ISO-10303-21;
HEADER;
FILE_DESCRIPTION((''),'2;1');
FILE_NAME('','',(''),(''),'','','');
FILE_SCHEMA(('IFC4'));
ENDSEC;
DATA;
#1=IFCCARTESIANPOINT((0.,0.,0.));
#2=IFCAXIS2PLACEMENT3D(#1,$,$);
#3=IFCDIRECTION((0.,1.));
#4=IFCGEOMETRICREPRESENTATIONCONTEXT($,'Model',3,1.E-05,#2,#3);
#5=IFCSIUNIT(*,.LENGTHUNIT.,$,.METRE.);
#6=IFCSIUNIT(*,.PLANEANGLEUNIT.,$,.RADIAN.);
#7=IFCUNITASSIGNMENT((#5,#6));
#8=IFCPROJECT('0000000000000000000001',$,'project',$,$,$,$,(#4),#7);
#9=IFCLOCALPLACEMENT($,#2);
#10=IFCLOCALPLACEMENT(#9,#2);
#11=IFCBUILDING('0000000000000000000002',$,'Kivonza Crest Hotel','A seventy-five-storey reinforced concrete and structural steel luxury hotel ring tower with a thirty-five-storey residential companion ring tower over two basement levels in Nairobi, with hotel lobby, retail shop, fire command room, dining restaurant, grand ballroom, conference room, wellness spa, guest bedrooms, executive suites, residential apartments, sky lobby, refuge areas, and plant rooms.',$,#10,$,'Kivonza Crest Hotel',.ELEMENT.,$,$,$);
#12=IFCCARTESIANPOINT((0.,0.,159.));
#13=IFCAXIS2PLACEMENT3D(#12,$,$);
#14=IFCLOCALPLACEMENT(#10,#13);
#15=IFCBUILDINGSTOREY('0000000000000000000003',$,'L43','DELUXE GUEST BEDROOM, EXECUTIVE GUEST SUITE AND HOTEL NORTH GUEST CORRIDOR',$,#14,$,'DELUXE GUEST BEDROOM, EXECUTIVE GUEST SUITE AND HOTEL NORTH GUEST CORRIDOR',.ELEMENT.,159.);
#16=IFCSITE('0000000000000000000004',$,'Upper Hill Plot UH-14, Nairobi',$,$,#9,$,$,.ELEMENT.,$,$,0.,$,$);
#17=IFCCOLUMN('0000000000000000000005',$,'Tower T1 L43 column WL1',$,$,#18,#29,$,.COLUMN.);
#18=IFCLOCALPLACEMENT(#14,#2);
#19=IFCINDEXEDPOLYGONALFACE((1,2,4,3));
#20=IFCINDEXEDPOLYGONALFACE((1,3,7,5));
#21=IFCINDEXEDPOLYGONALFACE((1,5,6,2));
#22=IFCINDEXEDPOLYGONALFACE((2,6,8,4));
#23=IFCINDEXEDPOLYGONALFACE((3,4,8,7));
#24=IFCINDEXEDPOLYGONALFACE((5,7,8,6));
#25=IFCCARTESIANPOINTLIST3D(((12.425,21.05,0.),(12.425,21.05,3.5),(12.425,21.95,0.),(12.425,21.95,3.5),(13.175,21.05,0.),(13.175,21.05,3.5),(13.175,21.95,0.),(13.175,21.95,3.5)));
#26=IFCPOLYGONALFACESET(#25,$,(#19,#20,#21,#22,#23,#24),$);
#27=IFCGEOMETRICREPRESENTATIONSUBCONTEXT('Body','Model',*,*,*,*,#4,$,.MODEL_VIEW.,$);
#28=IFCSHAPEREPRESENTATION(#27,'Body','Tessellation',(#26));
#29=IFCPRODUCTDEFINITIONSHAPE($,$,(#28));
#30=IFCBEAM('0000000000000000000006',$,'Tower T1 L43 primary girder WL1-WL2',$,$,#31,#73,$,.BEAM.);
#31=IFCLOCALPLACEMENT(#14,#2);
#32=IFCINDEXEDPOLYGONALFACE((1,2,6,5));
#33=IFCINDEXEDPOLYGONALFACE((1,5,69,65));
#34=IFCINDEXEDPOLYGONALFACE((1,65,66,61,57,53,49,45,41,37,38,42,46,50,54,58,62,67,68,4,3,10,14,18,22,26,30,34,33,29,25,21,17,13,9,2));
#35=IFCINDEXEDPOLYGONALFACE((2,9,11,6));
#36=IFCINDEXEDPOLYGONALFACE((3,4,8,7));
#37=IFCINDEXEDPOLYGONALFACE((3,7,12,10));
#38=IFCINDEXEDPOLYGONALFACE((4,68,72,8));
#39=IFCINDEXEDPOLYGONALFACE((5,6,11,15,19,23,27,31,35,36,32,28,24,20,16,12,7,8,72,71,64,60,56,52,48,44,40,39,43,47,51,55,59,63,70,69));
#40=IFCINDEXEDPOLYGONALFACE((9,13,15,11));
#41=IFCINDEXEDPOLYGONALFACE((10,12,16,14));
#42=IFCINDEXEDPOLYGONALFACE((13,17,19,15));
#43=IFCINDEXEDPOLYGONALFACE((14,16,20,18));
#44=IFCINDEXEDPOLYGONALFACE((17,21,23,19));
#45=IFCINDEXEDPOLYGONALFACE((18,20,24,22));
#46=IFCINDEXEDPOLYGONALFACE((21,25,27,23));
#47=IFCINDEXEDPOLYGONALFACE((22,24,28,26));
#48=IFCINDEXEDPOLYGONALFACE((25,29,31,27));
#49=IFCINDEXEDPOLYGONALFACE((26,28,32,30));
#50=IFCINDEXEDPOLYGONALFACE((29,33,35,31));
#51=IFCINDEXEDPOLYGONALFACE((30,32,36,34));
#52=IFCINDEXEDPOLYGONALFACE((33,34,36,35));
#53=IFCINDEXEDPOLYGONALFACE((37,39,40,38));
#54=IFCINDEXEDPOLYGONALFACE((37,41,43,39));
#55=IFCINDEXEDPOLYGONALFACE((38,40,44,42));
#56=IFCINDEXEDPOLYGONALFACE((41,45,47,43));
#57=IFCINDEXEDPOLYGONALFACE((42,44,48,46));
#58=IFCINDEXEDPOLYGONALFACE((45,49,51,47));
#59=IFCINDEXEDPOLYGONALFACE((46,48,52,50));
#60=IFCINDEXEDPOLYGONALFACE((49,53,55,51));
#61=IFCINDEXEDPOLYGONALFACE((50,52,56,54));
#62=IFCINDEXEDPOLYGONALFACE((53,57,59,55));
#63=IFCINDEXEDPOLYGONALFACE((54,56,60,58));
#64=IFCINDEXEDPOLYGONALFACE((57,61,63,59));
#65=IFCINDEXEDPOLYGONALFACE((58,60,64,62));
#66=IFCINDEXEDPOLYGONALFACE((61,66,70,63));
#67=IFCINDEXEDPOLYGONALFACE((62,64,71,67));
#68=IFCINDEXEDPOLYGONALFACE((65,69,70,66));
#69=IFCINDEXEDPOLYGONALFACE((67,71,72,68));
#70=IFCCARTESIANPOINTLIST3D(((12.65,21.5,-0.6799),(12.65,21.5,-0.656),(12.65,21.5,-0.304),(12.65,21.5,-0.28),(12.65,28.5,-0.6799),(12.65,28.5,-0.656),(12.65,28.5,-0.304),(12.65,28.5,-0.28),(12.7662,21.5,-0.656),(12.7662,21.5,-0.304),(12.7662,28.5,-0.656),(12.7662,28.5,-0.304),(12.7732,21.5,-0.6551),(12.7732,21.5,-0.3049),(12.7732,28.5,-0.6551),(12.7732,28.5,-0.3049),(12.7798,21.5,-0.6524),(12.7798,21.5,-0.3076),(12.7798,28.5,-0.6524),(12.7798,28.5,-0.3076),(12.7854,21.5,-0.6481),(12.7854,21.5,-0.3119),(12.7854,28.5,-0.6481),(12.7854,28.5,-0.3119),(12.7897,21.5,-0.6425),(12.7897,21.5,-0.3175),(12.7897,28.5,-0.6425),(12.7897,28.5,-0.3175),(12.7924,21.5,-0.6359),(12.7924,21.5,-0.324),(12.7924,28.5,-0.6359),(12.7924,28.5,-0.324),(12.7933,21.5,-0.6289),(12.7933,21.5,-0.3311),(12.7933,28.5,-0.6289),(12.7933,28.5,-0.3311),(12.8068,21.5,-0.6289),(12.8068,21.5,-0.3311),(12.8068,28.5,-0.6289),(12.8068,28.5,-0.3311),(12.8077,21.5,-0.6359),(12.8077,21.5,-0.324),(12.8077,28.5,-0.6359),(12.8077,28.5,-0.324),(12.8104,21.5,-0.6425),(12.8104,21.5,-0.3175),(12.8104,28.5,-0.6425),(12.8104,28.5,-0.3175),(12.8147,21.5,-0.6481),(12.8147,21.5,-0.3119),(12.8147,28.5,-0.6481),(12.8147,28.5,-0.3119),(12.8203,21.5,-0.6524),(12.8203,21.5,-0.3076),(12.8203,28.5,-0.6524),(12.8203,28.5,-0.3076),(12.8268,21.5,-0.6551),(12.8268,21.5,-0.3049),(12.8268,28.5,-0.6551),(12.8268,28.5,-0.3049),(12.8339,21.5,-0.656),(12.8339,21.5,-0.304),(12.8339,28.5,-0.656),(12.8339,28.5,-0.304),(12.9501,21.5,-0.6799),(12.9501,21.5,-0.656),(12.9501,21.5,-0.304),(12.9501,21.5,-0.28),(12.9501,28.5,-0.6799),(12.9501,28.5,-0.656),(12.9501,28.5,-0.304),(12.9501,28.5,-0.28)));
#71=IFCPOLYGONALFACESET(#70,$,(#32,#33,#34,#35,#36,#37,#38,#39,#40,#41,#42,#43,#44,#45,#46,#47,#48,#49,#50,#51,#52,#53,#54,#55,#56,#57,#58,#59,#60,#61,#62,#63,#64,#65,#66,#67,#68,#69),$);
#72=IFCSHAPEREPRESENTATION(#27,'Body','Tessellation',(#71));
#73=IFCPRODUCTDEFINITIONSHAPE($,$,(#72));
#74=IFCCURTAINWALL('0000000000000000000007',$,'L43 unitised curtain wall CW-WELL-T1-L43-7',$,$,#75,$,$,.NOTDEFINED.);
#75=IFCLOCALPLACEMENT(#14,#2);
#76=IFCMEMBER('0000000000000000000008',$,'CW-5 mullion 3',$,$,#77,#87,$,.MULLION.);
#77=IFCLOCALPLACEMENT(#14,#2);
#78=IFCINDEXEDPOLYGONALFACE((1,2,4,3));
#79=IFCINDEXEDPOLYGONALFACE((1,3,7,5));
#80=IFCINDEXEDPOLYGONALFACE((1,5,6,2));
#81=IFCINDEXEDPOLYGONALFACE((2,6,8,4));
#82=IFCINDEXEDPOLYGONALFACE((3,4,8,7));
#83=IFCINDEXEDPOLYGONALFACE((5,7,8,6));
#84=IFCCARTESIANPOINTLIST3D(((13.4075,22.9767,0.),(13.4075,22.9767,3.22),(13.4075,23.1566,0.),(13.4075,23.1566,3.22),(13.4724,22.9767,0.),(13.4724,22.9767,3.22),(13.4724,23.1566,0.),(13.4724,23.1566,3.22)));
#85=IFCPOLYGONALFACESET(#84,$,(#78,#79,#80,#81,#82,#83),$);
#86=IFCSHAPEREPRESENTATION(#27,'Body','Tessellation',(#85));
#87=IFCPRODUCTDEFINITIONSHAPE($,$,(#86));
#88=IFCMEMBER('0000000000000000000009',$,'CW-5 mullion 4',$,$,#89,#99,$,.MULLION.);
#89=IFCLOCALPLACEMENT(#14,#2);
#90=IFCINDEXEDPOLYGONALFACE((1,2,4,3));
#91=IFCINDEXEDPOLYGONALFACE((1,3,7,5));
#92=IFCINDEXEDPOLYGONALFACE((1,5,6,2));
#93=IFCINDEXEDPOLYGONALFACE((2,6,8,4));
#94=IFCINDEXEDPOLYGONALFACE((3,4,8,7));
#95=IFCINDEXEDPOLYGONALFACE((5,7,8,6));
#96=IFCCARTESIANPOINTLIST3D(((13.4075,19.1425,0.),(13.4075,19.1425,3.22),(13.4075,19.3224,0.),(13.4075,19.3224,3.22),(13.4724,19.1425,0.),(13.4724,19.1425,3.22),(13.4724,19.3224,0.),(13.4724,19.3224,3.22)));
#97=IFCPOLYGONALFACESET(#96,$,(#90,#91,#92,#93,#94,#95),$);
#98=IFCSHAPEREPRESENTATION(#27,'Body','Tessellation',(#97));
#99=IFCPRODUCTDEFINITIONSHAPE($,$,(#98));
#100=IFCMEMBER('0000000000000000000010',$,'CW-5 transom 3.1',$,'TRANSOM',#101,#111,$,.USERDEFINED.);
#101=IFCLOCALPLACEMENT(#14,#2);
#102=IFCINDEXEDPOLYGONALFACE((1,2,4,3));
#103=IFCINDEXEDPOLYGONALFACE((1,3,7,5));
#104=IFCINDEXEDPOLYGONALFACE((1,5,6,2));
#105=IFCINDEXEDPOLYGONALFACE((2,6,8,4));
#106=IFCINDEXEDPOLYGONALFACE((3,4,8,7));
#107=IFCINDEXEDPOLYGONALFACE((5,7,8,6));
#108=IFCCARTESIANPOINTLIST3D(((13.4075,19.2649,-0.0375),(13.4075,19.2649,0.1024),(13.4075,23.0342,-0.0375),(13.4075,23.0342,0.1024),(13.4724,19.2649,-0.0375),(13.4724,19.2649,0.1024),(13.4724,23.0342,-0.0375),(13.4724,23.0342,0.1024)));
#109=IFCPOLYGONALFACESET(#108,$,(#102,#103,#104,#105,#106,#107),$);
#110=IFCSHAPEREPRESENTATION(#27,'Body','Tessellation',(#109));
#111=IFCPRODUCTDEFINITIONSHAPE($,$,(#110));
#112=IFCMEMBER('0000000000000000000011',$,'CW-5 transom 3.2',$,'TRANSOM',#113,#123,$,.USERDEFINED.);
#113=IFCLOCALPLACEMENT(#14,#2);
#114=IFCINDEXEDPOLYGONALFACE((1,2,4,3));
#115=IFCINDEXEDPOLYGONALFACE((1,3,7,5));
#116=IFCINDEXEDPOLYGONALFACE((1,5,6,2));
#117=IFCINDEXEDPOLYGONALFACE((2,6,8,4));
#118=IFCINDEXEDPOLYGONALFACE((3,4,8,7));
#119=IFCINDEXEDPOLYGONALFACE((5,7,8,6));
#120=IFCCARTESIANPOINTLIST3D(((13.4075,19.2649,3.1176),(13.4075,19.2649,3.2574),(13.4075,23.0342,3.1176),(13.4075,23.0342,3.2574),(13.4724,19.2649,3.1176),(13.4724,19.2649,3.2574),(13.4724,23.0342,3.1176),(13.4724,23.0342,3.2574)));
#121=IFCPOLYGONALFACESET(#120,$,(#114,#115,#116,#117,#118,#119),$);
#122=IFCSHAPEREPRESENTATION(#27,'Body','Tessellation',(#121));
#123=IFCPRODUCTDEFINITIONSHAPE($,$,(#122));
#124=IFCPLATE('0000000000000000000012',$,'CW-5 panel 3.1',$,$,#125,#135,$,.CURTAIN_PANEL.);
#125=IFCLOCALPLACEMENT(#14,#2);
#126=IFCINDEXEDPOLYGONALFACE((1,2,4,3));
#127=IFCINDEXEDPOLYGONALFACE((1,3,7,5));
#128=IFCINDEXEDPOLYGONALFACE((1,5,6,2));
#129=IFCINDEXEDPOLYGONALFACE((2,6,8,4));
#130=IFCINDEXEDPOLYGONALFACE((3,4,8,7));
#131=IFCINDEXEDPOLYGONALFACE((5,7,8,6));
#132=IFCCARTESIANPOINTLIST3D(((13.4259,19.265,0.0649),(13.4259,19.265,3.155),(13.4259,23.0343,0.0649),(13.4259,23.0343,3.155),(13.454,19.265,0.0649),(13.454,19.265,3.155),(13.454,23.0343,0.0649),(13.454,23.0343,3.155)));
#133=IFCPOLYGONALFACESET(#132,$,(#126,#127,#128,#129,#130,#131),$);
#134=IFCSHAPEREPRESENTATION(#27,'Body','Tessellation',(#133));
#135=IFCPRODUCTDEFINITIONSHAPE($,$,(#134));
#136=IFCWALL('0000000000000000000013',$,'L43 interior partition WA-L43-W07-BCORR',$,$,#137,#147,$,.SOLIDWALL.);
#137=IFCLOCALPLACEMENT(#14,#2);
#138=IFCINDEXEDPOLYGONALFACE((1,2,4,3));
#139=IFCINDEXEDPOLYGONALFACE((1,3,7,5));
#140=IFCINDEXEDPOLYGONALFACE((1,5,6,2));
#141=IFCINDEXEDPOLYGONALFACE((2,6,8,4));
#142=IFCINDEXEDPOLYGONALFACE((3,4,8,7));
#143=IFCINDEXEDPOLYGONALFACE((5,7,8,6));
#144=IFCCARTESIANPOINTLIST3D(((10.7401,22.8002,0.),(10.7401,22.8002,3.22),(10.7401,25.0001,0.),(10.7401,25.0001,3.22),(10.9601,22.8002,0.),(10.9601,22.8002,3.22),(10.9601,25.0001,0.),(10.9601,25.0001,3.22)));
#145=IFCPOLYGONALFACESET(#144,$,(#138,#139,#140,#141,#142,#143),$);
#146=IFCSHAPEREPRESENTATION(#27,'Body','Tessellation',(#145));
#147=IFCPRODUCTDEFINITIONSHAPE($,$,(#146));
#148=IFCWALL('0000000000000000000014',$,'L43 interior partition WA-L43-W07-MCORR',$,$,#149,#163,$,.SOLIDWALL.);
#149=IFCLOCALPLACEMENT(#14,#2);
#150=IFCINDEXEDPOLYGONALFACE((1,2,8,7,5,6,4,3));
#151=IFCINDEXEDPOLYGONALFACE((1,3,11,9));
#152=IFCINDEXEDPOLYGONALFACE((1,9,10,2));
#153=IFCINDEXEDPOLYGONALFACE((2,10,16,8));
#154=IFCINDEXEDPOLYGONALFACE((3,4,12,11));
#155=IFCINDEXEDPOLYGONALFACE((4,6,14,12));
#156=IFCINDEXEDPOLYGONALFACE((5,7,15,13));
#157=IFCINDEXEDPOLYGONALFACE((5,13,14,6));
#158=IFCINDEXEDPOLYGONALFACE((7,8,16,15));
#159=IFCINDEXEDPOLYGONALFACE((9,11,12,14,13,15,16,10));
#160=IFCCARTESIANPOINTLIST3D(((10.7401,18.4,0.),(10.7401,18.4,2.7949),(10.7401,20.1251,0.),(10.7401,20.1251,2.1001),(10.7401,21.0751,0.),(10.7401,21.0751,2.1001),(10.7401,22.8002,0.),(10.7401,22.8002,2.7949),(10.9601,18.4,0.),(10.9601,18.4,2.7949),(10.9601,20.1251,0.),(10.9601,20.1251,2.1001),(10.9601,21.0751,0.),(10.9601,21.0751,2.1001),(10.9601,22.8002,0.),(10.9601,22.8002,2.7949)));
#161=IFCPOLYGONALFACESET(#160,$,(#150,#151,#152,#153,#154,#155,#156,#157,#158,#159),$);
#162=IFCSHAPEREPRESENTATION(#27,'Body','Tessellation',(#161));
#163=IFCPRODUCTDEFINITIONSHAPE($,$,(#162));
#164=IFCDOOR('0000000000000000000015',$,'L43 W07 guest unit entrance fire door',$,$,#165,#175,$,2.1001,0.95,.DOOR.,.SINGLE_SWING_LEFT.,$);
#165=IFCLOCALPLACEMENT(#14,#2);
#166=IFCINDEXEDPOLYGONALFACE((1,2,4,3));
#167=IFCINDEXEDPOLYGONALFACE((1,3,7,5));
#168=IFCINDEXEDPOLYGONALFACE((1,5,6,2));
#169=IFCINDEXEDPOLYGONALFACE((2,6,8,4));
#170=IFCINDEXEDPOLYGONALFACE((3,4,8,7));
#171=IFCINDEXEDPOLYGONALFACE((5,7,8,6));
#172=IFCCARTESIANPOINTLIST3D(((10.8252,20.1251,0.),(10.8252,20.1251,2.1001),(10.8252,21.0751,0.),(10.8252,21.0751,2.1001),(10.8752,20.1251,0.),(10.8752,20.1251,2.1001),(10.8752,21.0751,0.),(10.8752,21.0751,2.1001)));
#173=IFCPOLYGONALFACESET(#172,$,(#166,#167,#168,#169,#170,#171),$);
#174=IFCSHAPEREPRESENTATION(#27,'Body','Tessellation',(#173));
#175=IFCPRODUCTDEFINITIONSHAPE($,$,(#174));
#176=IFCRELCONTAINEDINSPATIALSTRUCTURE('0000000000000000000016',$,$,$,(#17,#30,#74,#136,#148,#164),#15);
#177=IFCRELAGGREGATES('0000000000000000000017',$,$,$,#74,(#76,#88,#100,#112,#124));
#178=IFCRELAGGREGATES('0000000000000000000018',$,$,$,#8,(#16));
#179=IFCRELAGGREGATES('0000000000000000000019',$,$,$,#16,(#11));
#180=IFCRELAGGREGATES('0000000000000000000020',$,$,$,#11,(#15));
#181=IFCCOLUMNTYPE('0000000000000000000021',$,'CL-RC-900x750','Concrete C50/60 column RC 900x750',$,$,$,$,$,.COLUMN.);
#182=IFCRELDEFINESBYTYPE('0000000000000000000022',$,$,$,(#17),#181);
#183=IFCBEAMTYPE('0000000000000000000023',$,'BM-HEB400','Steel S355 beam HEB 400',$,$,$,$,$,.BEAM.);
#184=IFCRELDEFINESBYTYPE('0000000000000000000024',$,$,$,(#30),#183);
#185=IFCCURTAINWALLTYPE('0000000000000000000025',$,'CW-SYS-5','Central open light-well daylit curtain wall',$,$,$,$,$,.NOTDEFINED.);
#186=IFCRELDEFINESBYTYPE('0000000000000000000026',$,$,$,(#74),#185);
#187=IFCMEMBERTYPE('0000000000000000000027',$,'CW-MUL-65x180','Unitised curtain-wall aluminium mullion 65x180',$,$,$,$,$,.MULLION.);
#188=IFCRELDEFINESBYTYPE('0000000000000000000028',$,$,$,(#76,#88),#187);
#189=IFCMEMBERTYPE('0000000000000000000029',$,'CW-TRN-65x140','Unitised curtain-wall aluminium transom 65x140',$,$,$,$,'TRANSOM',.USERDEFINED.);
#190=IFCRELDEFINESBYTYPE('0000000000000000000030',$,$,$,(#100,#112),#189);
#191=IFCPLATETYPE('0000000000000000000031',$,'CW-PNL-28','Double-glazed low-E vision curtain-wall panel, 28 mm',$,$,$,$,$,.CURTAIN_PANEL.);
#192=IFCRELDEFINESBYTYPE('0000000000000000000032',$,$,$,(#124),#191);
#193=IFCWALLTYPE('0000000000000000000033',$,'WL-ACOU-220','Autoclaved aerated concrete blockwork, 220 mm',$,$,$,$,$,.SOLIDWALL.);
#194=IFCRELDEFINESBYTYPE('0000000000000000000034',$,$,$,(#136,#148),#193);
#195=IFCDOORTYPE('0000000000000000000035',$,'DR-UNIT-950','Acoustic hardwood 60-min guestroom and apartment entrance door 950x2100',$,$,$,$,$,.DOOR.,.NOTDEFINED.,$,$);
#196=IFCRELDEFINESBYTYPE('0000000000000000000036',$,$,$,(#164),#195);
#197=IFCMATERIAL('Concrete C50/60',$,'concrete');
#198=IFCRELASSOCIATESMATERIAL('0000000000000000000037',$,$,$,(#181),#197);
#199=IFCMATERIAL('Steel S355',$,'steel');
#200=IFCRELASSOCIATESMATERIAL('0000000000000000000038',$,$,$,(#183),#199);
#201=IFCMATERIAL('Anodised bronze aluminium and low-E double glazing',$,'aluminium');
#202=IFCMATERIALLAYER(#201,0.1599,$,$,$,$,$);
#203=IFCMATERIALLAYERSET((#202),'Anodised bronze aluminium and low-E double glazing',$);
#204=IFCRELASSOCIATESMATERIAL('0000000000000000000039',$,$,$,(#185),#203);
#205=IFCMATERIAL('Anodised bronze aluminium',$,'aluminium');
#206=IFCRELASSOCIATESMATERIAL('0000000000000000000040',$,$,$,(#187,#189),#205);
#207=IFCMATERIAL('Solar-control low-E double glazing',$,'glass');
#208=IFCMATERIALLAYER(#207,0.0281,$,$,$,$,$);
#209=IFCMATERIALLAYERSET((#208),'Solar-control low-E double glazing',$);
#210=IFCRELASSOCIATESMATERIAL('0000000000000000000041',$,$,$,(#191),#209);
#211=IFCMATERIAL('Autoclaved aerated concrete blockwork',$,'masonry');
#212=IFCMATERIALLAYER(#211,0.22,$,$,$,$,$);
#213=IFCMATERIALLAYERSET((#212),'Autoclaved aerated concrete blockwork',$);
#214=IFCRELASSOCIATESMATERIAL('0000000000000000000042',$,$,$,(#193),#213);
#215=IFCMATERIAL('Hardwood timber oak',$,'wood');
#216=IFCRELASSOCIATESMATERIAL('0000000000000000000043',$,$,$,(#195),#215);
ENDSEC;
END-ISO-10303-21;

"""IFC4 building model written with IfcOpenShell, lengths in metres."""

from ifc_helpers import new_model, si_unit, direction, frame, frame_2d, origin, origin_2d, place, context, subcontext, project, spatial, rectangle, i_section, extrude, material, layer, layer_set, material_profile, profile_set, type_object, element, fill, aggregate, save


model = new_model("IFC4")

# Units and contexts
model_context = context("Model", 3, precision=1e-05, world=origin(), true_north=direction((0.0, 1.0)))
body_context = subcontext(model_context, "Body", "Model", "MODEL_VIEW")
ifc_project = project(units=[si_unit("LENGTHUNIT", "METRE"), si_unit("PLANEANGLEUNIT", "RADIAN")], contexts=[model_context])

# Site, building, storey
site_placement = place(None, origin())
site = spatial("IfcSite", under=ifc_project, at=site_placement, Name="Upper Hill Plot UH-14, Nairobi", CompositionType="ELEMENT", RefElevation=0.0)
building_placement = place(site_placement, origin())
building = spatial("IfcBuilding", under=site, at=building_placement, Name="Kivonza Crest Hotel", Description="A seventy-five-storey reinforced concrete and structural steel luxury hotel ring tower with a thirty-five-storey residential companion ring tower over two basement levels in Nairobi, with hotel lobby, retail shop, fire command room, dining restaurant, grand ballroom, conference room, wellness spa, guest bedrooms, executive suites, residential apartments, sky lobby, refuge areas, and plant rooms.", LongName="Kivonza Crest Hotel", CompositionType="ELEMENT")
storey_placement = place(building_placement, frame((0.0, 0.0, 159.0)))
storey = spatial("IfcBuildingStorey", under=building, at=storey_placement, Name="L43", Description="DELUXE GUEST BEDROOM, EXECUTIVE GUEST SUITE AND HOTEL NORTH GUEST CORRIDOR", LongName="DELUXE GUEST BEDROOM, EXECUTIVE GUEST SUITE AND HOTEL NORTH GUEST CORRIDOR", CompositionType="ELEMENT", Elevation=159.0)

# Column
ifc_material_1 = material(Name="Concrete C50/60", Category="concrete")
ifc_material_profile_1 = material_profile(ifc_material_1, rectangle(XDim=0.75, YDim=0.8999, at=origin_2d()), Name="RC 900x750")
ifc_profile_set_1 = profile_set([ifc_material_profile_1], Name="Concrete C50/60")
column_type = type_object("IfcColumnType", Name="CL-RC-900x750", Description="Concrete C50/60 column RC 900x750", PredefinedType="COLUMN", material=ifc_profile_set_1)
column_placement = place(storey_placement, frame((12.8, 21.5, 0.0), z_axis=(0.0, 0.0, 1.0), x_axis=(1.0, 0.0, 0.0)))
element("IfcColumn", 1, at=column_placement, inside=storey, type_object=column_type, Name="Tower T1 L43 column WL1", PredefinedType="COLUMN", context=body_context, shape_type="SweptSolid", body=[
    extrude(rectangle(XDim=0.75, YDim=0.8999, at=origin_2d()), origin(), (0.0, 0.0, 1.0), 3.5),
])

# Beam
ifc_material_2 = material(Name="Steel S355", Category="steel")
ifc_material_profile_2 = material_profile(ifc_material_2, i_section(OverallWidth=0.3, OverallDepth=0.3999, WebThickness=0.0134, FlangeThickness=0.0239, FilletRadius=0.0271, at=origin_2d()), Name="HEB 400")
ifc_profile_set_2 = profile_set([ifc_material_profile_2], Name="Steel S355")
beam_type = type_object("IfcBeamType", Name="BM-HEB400", Description="Steel S355 beam HEB 400", PredefinedType="BEAM", material=ifc_profile_set_2)
beam_placement = place(storey_placement, frame((12.8, 21.5, -0.48), z_axis=(0.0, 1.0, 0.0), x_axis=(-1.0, 0.0, 0.0)))
element("IfcBeam", 2, at=beam_placement, inside=storey, type_object=beam_type, Name="Tower T1 L43 primary girder WL1-WL2", PredefinedType="BEAM", context=body_context, shape_type="SweptSolid", body=[
    extrude(i_section(OverallWidth=0.3, OverallDepth=0.3999, WebThickness=0.0134, FlangeThickness=0.0239, FilletRadius=0.0271, at=origin_2d()), origin(), (0.0, 0.0, 1.0), 7.0),
])

# Curtain wall, members, plate
ifc_material_3 = material(Name="Anodised bronze aluminium and low-E double glazing", Category="aluminium")
ifc_layer_1 = layer(ifc_material_3, 0.1599)
ifc_layer_set_1 = layer_set([ifc_layer_1], Name="Anodised bronze aluminium and low-E double glazing")
curtain_wall_type = type_object("IfcCurtainWallType", Name="CW-SYS-5", Description="Central open light-well daylit curtain wall", PredefinedType="NOTDEFINED", material=ifc_layer_set_1)
curtain_wall_placement = place(storey_placement, origin())
curtain_wall = element("IfcCurtainWall", 3, at=curtain_wall_placement, inside=storey, type_object=curtain_wall_type, Name="L43 unitised curtain wall CW-WELL-T1-L43-7", PredefinedType="NOTDEFINED")
ifc_material_4 = material(Name="Anodised bronze aluminium", Category="aluminium")
ifc_material_profile_3 = material_profile(ifc_material_4, rectangle(XDim=0.0649, YDim=0.1799, at=origin_2d()), Name="CW-M 65x180")
ifc_profile_set_3 = profile_set([ifc_material_profile_3], Name="Anodised bronze aluminium")
member_type_1 = type_object("IfcMemberType", Name="CW-MUL-65x180", Description="Unitised curtain-wall aluminium mullion 65x180", PredefinedType="MULLION", material=ifc_profile_set_3)
member_1_placement = place(storey_placement, frame((13.4399, 23.0667, 0.0), z_axis=(0.0, 0.0, 1.0), x_axis=(1.0, 0.0, 0.0)))
member_1 = element("IfcMember", 4, at=member_1_placement, type_object=member_type_1, Name="CW-5 mullion 3", PredefinedType="MULLION", context=body_context, shape_type="SweptSolid", body=[
    extrude(rectangle(XDim=0.0649, YDim=0.1799, at=origin_2d()), origin(), (0.0, 0.0, 1.0), 3.22),
])
member_2_placement = place(storey_placement, frame((13.4399, 19.2324, 0.0), z_axis=(0.0, 0.0, 1.0), x_axis=(1.0, 0.0, 0.0)))
member_2 = element("IfcMember", 5, at=member_2_placement, type_object=member_type_1, Name="CW-5 mullion 4", PredefinedType="MULLION", context=body_context, shape_type="SweptSolid", body=[
    extrude(rectangle(XDim=0.0649, YDim=0.1799, at=origin_2d()), origin(), (0.0, 0.0, 1.0), 3.22),
])
ifc_material_profile_4 = material_profile(ifc_material_4, rectangle(XDim=0.0649, YDim=0.1399, at=origin_2d()), Name="CW-T 65x140")
ifc_profile_set_4 = profile_set([ifc_material_profile_4], Name="Anodised bronze aluminium")
member_type_2 = type_object("IfcMemberType", Name="CW-TRN-65x140", Description="Unitised curtain-wall aluminium transom 65x140", ElementType="TRANSOM", PredefinedType="USERDEFINED", material=ifc_profile_set_4)
member_3_placement = place(storey_placement, frame((13.4399, 23.0342, 0.0325), z_axis=(0.0, -1.0, 0.0), x_axis=(1.0, 0.0, 0.0)))
member_3 = element("IfcMember", 6, at=member_3_placement, type_object=member_type_2, Name="CW-5 transom 3.1", ObjectType="TRANSOM", PredefinedType="USERDEFINED", context=body_context, shape_type="SweptSolid", body=[
    extrude(rectangle(XDim=0.0649, YDim=0.1399, at=origin_2d()), origin(), (0.0, 0.0, 1.0), 3.7693),
])
member_4_placement = place(storey_placement, frame((13.4399, 23.0342, 3.1875), z_axis=(0.0, -1.0, 0.0), x_axis=(1.0, 0.0, 0.0)))
member_4 = element("IfcMember", 7, at=member_4_placement, type_object=member_type_2, Name="CW-5 transom 3.2", ObjectType="TRANSOM", PredefinedType="USERDEFINED", context=body_context, shape_type="SweptSolid", body=[
    extrude(rectangle(XDim=0.0649, YDim=0.1399, at=origin_2d()), origin(), (0.0, 0.0, 1.0), 3.7693),
])
ifc_material_5 = material(Name="Solar-control low-E double glazing", Category="glass")
ifc_layer_2 = layer(ifc_material_5, 0.0281)
ifc_layer_set_2 = layer_set([ifc_layer_2], Name="Solar-control low-E double glazing")
plate_type = type_object("IfcPlateType", Name="CW-PNL-28", Description="Double-glazed low-E vision curtain-wall panel, 28 mm", PredefinedType="CURTAIN_PANEL", material=ifc_layer_set_2)
plate_placement = place(storey_placement, frame((13.4399, 21.1497, 0.0649), z_axis=(0.0, 0.0, 1.0), x_axis=(0.0, -1.0, 0.0)))
plate = element("IfcPlate", 8, at=plate_placement, type_object=plate_type, Name="CW-5 panel 3.1", PredefinedType="CURTAIN_PANEL", context=body_context, shape_type="SweptSolid", body=[
    extrude(rectangle(XDim=3.7693, YDim=0.0281, at=origin_2d()), origin(), (0.0, 0.0, 1.0), 3.0901),
])
aggregate(curtain_wall, [member_1, member_2, member_3, member_4, plate])

# Wall
ifc_material_6 = material(Name="Autoclaved aerated concrete blockwork", Category="masonry")
ifc_layer_3 = layer(ifc_material_6, 0.22)
ifc_layer_set_3 = layer_set([ifc_layer_3], Name="Autoclaved aerated concrete blockwork")
wall_type_1 = type_object("IfcWallType", Name="WL-ACOU-220", Description="Autoclaved aerated concrete blockwork, 220 mm", PredefinedType="SOLIDWALL", material=ifc_layer_set_3)
wall_1_placement = place(storey_placement, frame((10.8501, 22.8, 0.0), z_axis=(0.0, 0.0, 1.0), x_axis=(0.0, 1.0, 0.0)))
element("IfcWall", 9, at=wall_1_placement, inside=storey, type_object=wall_type_1, Name="L43 interior partition WA-L43-W07-BCORR", PredefinedType="SOLIDWALL", context=body_context, shape_type="SweptSolid", body=[
    extrude(rectangle(XDim=2.2, YDim=0.22, at=frame_2d((1.1001, 0.0))), origin(), (0.0, 0.0, 1.0), 3.22),
])

# Wall, opening, door
wall_2_placement = place(storey_placement, frame((10.8501, 18.3999, 0.0), z_axis=(0.0, 0.0, 1.0), x_axis=(0.0, 1.0, 0.0)))
wall_2 = element("IfcWall", 10, at=wall_2_placement, inside=storey, type_object=wall_type_1, Name="L43 interior partition WA-L43-W07-MCORR", PredefinedType="SOLIDWALL", context=body_context, shape_type="SweptSolid", body=[
    extrude(rectangle(XDim=4.4001, YDim=0.22, at=frame_2d((2.2002, 0.0))), origin(), (0.0, 0.0, 1.0), 2.7949),
])
opening_1_placement = place(wall_2_placement, frame((1.7251, 0.0, 0.0)))
opening_1 = element("IfcOpeningElement", 11, at=opening_1_placement, cuts=wall_2, PredefinedType="OPENING", context=body_context, shape_type="SweptSolid", body=[
    extrude(rectangle(XDim=0.95, YDim=2.1001, at=frame_2d((0.4751, 1.05))), frame((0.0, 0.1201, 0.0), z_axis=(0.0, -1.0, 0.0), x_axis=(1.0, 0.0, 0.0)), (0.0, 0.0, 1.0), 0.24),
])
ifc_material_7 = material(Name="Hardwood timber oak", Category="wood")
door_type_1 = type_object("IfcDoorType", Name="DR-UNIT-950", Description="Acoustic hardwood 60-min guestroom and apartment entrance door 950x2100", OperationType="NOTDEFINED", PredefinedType="DOOR", material=ifc_material_7)
door_1_placement = place(opening_1_placement, origin())
door_1 = element("IfcDoor", 12, at=door_1_placement, inside=storey, type_object=door_type_1, Name="L43 W07 guest unit entrance fire door", OperationType="SINGLE_SWING_LEFT", OverallHeight=2.1001, OverallWidth=0.95, PredefinedType="DOOR", context=body_context, shape_type="SweptSolid", body=[
    extrude(rectangle(XDim=0.95, YDim=2.1001, at=frame_2d((0.4751, 1.05))), frame((0.0, 0.0249, 0.0), z_axis=(0.0, -1.0, 0.0), x_axis=(1.0, 0.0, 0.0)), (0.0, 0.0, 1.0), 0.05),
])
fill(opening_1, door_1)

save(model, "model.ifc")
